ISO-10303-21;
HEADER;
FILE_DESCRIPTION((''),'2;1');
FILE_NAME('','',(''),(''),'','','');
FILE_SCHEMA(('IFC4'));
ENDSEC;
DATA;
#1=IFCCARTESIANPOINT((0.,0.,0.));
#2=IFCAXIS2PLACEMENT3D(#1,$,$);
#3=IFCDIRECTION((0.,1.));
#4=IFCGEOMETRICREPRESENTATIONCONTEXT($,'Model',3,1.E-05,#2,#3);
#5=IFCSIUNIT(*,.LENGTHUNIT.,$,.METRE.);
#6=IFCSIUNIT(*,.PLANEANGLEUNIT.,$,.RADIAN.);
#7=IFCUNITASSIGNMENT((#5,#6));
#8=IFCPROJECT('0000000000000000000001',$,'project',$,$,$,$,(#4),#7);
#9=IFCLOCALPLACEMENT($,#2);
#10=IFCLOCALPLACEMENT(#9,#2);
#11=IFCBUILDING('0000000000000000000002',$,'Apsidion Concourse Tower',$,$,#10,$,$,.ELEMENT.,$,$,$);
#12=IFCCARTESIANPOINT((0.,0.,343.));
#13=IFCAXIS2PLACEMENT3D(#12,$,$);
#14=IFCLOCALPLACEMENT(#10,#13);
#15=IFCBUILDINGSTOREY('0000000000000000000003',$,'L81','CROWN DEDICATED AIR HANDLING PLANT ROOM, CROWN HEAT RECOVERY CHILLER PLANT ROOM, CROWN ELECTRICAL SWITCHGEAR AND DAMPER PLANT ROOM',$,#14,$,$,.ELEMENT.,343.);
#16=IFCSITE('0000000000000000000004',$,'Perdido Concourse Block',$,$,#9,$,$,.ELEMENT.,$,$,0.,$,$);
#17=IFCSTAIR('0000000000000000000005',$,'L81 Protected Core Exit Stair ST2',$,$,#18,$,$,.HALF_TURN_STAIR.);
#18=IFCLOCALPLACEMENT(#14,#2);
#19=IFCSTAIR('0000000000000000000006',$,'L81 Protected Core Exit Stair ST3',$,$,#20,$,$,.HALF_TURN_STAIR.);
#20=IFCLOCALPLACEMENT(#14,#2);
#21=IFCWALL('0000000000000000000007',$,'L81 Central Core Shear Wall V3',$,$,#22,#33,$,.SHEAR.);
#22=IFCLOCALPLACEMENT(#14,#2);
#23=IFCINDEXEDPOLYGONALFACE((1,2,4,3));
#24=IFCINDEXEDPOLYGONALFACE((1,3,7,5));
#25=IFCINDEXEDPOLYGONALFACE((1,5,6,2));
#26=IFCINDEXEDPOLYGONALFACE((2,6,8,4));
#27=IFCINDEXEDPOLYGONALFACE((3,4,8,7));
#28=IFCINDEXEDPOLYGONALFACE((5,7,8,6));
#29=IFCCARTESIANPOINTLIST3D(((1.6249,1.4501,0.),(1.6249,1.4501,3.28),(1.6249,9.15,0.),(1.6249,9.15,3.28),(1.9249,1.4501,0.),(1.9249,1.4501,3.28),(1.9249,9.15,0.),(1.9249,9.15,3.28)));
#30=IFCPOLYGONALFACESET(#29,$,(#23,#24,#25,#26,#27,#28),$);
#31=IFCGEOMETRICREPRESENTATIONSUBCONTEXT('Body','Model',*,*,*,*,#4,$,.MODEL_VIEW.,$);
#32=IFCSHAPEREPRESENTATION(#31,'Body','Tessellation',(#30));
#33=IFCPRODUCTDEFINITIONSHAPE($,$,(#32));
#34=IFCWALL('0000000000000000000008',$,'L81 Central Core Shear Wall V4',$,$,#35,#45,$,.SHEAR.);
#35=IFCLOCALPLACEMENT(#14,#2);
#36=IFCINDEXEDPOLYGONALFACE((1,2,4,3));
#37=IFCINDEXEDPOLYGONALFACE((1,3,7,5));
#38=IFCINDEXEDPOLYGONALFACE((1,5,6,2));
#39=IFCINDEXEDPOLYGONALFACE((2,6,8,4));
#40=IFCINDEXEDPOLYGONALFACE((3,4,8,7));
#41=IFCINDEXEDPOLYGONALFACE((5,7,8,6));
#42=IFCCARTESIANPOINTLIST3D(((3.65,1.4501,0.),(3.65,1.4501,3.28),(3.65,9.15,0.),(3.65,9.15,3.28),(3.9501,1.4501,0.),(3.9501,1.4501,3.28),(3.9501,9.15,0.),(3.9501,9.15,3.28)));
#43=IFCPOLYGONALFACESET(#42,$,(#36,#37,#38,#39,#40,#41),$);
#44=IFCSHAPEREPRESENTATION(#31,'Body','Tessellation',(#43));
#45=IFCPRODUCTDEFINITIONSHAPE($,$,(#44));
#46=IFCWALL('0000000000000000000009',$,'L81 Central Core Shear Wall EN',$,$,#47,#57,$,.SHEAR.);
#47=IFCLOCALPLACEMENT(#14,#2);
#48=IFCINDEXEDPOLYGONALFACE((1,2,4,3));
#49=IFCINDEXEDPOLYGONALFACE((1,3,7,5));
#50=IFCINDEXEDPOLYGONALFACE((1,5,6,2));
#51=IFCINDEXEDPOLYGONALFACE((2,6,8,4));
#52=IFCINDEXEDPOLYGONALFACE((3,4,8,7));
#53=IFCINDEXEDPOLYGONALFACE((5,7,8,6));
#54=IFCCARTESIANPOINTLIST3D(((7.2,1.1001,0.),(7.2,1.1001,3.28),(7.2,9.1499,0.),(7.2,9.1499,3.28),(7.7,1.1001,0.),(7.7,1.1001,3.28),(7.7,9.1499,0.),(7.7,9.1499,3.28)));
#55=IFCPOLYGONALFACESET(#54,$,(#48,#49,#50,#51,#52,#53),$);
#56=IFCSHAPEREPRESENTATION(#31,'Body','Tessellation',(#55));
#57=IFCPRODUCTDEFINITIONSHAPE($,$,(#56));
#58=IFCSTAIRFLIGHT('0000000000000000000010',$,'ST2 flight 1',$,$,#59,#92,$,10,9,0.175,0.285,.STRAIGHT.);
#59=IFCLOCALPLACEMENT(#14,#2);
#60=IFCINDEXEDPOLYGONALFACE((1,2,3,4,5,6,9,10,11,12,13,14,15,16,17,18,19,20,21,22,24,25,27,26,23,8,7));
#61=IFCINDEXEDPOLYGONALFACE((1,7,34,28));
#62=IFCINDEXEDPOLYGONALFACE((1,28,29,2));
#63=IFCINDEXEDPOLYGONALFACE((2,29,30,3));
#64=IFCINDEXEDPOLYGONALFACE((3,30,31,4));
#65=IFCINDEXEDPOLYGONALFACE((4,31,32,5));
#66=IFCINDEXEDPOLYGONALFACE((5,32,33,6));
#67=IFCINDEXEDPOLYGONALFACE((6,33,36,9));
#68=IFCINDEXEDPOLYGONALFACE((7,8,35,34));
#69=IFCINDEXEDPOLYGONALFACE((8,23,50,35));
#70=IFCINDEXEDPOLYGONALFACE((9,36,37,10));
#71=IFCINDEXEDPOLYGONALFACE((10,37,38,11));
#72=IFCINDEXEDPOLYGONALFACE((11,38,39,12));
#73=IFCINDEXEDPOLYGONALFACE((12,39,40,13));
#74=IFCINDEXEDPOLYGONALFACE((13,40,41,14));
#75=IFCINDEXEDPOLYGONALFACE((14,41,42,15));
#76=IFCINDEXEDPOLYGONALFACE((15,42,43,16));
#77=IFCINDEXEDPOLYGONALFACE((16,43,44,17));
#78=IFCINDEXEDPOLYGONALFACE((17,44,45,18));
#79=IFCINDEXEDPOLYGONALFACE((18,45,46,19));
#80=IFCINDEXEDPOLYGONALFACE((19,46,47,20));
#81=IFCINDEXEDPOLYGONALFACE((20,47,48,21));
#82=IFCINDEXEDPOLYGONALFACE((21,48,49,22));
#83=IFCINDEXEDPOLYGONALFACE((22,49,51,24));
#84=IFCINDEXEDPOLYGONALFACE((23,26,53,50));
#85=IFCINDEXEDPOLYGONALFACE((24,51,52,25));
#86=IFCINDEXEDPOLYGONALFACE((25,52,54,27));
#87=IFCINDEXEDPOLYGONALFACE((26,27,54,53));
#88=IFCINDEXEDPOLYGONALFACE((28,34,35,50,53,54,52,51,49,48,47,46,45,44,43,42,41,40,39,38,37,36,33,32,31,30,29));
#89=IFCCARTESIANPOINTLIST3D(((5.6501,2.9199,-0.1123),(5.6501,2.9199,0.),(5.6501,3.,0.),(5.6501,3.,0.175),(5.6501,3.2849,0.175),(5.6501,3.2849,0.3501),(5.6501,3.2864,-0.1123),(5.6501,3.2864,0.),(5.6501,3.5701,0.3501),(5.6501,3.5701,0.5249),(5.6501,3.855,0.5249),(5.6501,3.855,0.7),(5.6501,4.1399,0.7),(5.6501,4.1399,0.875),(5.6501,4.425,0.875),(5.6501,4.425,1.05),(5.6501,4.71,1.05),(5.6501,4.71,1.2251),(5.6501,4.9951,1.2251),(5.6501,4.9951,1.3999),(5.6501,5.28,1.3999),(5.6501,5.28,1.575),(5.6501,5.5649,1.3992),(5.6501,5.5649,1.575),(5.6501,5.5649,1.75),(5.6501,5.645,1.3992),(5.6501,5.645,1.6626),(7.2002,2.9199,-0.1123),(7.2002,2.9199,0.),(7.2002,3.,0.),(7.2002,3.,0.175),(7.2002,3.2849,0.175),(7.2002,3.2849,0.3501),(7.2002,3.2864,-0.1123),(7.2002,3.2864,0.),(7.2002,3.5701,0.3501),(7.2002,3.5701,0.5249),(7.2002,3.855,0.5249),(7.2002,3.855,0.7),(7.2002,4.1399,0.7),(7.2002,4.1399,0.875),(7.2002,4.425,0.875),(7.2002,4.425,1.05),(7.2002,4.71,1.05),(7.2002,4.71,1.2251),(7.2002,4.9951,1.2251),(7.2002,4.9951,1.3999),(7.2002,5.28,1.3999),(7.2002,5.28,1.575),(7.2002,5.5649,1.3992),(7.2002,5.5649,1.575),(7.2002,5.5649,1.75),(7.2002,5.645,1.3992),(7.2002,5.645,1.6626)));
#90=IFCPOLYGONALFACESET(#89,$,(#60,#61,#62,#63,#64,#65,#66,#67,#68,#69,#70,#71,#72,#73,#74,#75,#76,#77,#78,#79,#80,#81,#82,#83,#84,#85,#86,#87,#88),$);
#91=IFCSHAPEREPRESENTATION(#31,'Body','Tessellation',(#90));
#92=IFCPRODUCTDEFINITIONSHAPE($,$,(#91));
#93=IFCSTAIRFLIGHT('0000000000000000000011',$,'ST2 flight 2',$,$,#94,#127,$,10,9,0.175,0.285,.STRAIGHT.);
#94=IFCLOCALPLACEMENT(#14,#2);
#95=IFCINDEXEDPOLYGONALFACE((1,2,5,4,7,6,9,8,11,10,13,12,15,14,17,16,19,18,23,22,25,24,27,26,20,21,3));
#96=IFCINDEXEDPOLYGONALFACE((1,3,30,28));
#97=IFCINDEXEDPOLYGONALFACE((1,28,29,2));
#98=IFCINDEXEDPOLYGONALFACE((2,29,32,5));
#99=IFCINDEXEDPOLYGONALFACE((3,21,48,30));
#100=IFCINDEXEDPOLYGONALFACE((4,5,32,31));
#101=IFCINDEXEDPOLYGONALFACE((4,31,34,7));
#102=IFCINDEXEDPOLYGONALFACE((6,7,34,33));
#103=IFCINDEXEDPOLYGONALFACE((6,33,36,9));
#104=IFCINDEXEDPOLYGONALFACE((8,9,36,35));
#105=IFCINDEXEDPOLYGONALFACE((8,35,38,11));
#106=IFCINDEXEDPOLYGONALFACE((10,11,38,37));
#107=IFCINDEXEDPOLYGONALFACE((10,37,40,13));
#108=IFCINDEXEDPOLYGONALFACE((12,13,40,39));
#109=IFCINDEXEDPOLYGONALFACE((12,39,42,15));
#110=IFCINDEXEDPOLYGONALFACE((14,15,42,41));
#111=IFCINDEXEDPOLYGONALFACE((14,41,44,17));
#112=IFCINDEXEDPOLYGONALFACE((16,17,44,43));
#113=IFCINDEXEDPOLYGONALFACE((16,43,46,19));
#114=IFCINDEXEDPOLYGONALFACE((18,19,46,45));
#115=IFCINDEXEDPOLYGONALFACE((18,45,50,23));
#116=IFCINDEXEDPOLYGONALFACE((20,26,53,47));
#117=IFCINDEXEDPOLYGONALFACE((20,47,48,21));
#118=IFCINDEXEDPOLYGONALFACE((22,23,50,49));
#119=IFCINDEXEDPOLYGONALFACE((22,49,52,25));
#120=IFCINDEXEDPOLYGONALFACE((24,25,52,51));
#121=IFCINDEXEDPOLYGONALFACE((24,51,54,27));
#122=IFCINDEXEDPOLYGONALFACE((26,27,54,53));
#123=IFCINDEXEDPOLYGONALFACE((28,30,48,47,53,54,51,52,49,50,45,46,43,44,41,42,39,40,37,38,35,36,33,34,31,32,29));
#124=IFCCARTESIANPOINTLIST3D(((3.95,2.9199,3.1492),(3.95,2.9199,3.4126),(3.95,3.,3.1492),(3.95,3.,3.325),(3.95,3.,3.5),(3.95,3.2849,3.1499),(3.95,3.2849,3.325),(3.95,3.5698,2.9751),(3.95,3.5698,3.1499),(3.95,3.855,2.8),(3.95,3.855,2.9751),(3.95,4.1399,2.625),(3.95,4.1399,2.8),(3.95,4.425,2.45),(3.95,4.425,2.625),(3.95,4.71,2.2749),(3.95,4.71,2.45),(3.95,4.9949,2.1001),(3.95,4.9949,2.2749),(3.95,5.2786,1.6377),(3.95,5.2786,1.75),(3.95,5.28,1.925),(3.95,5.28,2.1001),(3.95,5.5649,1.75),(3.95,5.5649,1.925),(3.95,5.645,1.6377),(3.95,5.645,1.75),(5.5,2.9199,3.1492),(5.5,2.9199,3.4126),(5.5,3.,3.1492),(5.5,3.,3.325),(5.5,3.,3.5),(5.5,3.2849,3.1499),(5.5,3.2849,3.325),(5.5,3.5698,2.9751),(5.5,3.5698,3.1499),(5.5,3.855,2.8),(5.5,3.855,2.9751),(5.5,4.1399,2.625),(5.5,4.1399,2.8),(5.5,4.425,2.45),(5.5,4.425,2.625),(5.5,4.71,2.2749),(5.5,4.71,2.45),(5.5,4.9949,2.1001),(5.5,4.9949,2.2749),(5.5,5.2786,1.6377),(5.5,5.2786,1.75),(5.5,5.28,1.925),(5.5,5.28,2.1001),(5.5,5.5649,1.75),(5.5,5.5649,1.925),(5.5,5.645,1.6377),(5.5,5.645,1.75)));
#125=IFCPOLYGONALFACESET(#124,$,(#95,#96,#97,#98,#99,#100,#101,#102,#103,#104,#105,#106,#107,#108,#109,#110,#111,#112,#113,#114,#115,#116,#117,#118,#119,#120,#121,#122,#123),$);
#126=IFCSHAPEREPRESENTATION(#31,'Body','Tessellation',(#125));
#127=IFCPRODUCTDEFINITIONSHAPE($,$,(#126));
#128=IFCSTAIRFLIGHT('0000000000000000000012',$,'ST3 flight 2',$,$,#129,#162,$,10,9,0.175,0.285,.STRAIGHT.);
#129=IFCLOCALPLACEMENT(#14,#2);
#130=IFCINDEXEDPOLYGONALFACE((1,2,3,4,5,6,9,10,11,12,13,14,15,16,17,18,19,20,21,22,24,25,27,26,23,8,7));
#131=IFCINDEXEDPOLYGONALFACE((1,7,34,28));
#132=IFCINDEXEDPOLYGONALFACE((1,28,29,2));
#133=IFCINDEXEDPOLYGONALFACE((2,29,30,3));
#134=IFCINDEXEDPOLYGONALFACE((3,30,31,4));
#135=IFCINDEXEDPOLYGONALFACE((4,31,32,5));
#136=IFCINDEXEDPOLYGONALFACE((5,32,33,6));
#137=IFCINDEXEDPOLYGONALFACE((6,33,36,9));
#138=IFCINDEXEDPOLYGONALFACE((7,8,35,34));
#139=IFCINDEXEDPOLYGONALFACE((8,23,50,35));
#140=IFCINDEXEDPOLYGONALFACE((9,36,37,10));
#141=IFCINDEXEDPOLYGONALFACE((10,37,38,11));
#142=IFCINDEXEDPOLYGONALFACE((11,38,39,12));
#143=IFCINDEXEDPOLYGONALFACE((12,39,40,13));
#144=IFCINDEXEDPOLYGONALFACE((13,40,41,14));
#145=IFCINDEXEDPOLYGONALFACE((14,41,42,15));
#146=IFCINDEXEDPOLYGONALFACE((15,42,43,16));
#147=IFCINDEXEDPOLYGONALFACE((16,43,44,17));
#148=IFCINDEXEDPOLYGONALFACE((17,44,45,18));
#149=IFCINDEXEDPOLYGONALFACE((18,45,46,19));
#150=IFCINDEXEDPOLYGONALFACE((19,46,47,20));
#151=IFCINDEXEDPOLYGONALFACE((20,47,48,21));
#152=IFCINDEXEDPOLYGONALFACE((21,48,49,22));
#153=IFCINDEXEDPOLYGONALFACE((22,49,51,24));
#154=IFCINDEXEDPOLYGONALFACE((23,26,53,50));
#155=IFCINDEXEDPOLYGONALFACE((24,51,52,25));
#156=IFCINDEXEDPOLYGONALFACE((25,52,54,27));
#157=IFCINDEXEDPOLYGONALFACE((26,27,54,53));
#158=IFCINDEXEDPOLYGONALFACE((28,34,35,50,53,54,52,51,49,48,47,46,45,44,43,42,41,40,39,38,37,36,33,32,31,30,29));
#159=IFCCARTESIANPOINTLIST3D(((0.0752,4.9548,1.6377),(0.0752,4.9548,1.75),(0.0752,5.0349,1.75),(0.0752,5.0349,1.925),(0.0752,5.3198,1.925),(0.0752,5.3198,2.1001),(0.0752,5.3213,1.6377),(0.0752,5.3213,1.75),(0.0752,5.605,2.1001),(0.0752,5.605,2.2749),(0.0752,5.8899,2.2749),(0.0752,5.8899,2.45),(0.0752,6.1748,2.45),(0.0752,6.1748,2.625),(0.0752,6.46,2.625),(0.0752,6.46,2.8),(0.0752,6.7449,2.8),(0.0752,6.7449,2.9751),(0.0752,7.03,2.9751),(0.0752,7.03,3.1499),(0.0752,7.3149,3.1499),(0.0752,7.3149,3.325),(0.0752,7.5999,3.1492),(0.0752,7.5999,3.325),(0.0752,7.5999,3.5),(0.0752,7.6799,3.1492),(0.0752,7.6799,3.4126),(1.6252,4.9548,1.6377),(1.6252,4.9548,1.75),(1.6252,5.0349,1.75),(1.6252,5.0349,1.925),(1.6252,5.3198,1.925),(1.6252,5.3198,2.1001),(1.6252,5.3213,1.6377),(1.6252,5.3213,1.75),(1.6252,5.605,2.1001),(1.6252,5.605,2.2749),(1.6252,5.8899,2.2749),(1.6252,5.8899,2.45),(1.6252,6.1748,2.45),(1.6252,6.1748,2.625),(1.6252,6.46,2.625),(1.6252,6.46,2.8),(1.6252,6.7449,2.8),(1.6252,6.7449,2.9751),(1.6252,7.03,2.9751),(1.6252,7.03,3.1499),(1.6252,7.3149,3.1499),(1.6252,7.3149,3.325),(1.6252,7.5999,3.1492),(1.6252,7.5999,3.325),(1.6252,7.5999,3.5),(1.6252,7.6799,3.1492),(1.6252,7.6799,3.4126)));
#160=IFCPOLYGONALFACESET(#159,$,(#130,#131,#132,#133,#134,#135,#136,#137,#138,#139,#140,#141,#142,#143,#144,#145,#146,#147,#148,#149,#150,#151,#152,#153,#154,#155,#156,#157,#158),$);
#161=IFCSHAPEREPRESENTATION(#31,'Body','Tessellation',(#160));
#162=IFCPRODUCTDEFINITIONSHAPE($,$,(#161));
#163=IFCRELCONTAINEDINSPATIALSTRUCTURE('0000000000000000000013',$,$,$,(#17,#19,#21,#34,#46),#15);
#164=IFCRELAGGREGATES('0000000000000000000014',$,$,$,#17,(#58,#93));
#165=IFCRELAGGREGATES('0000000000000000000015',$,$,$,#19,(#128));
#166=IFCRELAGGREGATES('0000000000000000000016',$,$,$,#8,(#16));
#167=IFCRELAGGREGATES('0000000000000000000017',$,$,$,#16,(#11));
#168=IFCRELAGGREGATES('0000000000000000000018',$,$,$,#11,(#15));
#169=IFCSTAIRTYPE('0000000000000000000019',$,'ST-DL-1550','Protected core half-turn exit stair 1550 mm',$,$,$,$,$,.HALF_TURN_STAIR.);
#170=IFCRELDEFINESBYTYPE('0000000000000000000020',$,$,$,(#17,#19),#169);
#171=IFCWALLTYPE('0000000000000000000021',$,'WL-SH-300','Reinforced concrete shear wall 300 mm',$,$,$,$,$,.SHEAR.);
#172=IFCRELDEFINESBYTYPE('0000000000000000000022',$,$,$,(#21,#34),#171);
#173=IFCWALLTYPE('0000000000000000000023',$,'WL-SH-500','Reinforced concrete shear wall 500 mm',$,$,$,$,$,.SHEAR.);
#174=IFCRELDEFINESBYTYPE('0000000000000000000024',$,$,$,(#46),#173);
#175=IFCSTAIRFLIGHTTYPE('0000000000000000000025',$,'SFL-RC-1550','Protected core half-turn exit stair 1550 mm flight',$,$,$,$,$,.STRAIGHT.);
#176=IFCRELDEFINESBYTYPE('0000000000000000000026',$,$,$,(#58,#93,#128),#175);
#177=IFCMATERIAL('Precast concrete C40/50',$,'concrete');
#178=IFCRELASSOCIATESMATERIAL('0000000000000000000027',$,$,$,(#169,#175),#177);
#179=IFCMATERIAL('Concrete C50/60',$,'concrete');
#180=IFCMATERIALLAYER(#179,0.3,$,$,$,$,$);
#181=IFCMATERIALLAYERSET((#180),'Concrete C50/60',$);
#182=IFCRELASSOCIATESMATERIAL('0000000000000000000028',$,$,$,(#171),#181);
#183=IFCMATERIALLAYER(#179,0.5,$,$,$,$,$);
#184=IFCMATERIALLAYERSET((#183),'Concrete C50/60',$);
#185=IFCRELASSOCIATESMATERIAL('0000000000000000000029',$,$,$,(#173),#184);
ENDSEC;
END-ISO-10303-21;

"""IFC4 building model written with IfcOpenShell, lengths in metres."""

from ifc_helpers import new_model, si_unit, direction, frame, frame_2d, origin, place, context, subcontext, project, spatial, polyline, rectangle, outline, extrude, material, layer, layer_set, type_object, element, aggregate, save


model = new_model("IFC4")

# Units and contexts
model_context = context("Model", 3, precision=1e-05, world=origin(), true_north=direction((0.0, 1.0)))
body_context = subcontext(model_context, "Body", "Model", "MODEL_VIEW")
ifc_project = project(units=[si_unit("LENGTHUNIT", "METRE"), si_unit("PLANEANGLEUNIT", "RADIAN")], contexts=[model_context])

# Site, building, storey
site_placement = place(None, origin())
site = spatial("IfcSite", under=ifc_project, at=site_placement, Name="Perdido Concourse Block", CompositionType="ELEMENT", RefElevation=0.0)
building_placement = place(site_placement, origin())
building = spatial("IfcBuilding", under=site, at=building_placement, Name="Apsidion Concourse Tower", CompositionType="ELEMENT")
storey_placement = place(building_placement, frame((0.0, 0.0, 343.0)))
storey = spatial("IfcBuildingStorey", under=building, at=storey_placement, Name="L81", Description="CROWN DEDICATED AIR HANDLING PLANT ROOM, CROWN HEAT RECOVERY CHILLER PLANT ROOM, CROWN ELECTRICAL SWITCHGEAR AND DAMPER PLANT ROOM", CompositionType="ELEMENT", Elevation=343.0)

# Shared definitions
ifc_material_1 = material(Name="Concrete C50/60", Category="concrete")

# Stairs
ifc_material_2 = material(Name="Precast concrete C40/50", Category="concrete")
stair_type = type_object("IfcStairType", Name="ST-DL-1550", Description="Protected core half-turn exit stair 1550 mm", PredefinedType="HALF_TURN_STAIR", material=ifc_material_2)
stair_1_placement = place(storey_placement, origin())
stair_1 = element("IfcStair", 1, at=stair_1_placement, inside=storey, type_object=stair_type, Name="L81 Protected Core Exit Stair ST2", PredefinedType="HALF_TURN_STAIR")
stair_2_placement = place(storey_placement, origin())
stair_2 = element("IfcStair", 2, at=stair_2_placement, inside=storey, type_object=stair_type, Name="L81 Protected Core Exit Stair ST3", PredefinedType="HALF_TURN_STAIR")

# Walls
ifc_layer_1 = layer(ifc_material_1, 0.3)
ifc_layer_set_1 = layer_set([ifc_layer_1], Name="Concrete C50/60")
wall_type_1 = type_object("IfcWallType", Name="WL-SH-300", Description="Reinforced concrete shear wall 300 mm", PredefinedType="SHEAR", material=ifc_layer_set_1)
for number, where, z_axis, x_axis, name in (
    (3, (1.7749, 1.45, 0.0), (0.0, 0.0, 1.0), (0.0, 1.0, 0.0), "L81 Central Core Shear Wall V3"),
    (4, (3.8, 1.45, 0.0), (0.0, 0.0, 1.0), (0.0, 1.0, 0.0), "L81 Central Core Shear Wall V4"),
):
    element("IfcWall", number, at=place(storey_placement, frame(where, z_axis=z_axis, x_axis=x_axis)), inside=storey, type_object=wall_type_1, Name=name, PredefinedType="SHEAR", context=body_context, shape_type="SweptSolid", body=[
        extrude(rectangle(XDim=7.7, YDim=0.3, at=frame_2d((3.8501, 0.0))), origin(), (0.0, 0.0, 1.0), 3.28),
    ])
ifc_layer_2 = layer(ifc_material_1, 0.5)
ifc_layer_set_2 = layer_set([ifc_layer_2], Name="Concrete C50/60")
wall_type_2 = type_object("IfcWallType", Name="WL-SH-500", Description="Reinforced concrete shear wall 500 mm", PredefinedType="SHEAR", material=ifc_layer_set_2)
wall_1_placement = place(storey_placement, frame((7.45, 1.1001, 0.0), z_axis=(0.0, 0.0, 1.0), x_axis=(0.0, 1.0, 0.0)))
element("IfcWall", 5, at=wall_1_placement, inside=storey, type_object=wall_type_2, Name="L81 Central Core Shear Wall EN", PredefinedType="SHEAR", context=body_context, shape_type="SweptSolid", body=[
    extrude(rectangle(XDim=8.0498, YDim=0.5, at=frame_2d((4.0249, 0.0))), origin(), (0.0, 0.0, 1.0), 3.28),
])

# Stair flights
stair_flight_type = type_object("IfcStairFlightType", Name="SFL-RC-1550", Description="Protected core half-turn exit stair 1550 mm flight", PredefinedType="STRAIGHT", material=ifc_material_2)
stair_flight_1_placement = place(storey_placement, frame((6.425, 3.0, 0.0), z_axis=(0.0, 0.0, 1.0), x_axis=(0.0, 1.0, 0.0)))
stair_flight_1 = element("IfcStairFlight", 6, at=stair_flight_1_placement, type_object=stair_flight_type, Name="ST2 flight 1", NumberOfRisers=10, NumberOfTreads=9, PredefinedType="STRAIGHT", RiserHeight=0.175, TreadLength=0.285, context=body_context, shape_type="SweptSolid", body=[
    extrude(outline(polyline([(-0.0801, -0.1123), (-0.0801, 0.0), (0.0, 0.0), (0.0, 0.175), (0.2849, 0.175), (0.2849, 0.3501), (0.5701, 0.3501), (0.5701, 0.5249), (0.855, 0.5249), (0.855, 0.7), (1.1399, 0.7), (1.1399, 0.875), (1.425, 0.875), (1.425, 1.05), (1.71, 1.05), (1.71, 1.2251), (1.9951, 1.2251), (1.9951, 1.3999), (2.28, 1.3999), (2.28, 1.575), (2.5649, 1.575), (2.5649, 1.75), (2.645, 1.6626), (2.645, 1.3992), (2.5649, 1.3992), (0.2864, 0.0), (0.2864, -0.1123), (-0.0801, -0.1123)])), frame((0.0, 0.7749, 0.0), z_axis=(0.0, -1.0, 0.0), x_axis=(1.0, 0.0, 0.0)), (0.0, 0.0, 1.0), 1.55),
])
stair_flight_2_placement = place(storey_placement, frame((4.7251, 5.5649, 1.75), z_axis=(0.0, 0.0, 1.0), x_axis=(0.0, -1.0, 0.0)))
stair_flight_2 = element("IfcStairFlight", 7, at=stair_flight_2_placement, type_object=stair_flight_type, Name="ST2 flight 2", NumberOfRisers=10, NumberOfTreads=9, PredefinedType="STRAIGHT", RiserHeight=0.175, TreadLength=0.285, context=body_context, shape_type="SweptSolid", body=[
    extrude(outline(polyline([(-0.0801, -0.1123), (-0.0801, 0.0), (0.0, 0.0), (0.0, 0.175), (0.2849, 0.175), (0.2849, 0.3501), (0.5701, 0.3501), (0.5701, 0.5249), (0.855, 0.5249), (0.855, 0.7), (1.1399, 0.7), (1.1399, 0.875), (1.425, 0.875), (1.425, 1.05), (1.71, 1.05), (1.71, 1.2251), (1.9951, 1.2251), (1.9951, 1.3999), (2.28, 1.3999), (2.28, 1.575), (2.5649, 1.575), (2.5649, 1.75), (2.645, 1.6626), (2.645, 1.3992), (2.5649, 1.3992), (0.2864, 0.0), (0.2864, -0.1123), (-0.0801, -0.1123)])), frame((0.0, 0.7749, 0.0), z_axis=(0.0, -1.0, 0.0), x_axis=(1.0, 0.0, 0.0)), (0.0, 0.0, 1.0), 1.55),
])
aggregate(stair_1, [stair_flight_1, stair_flight_2])
stair_flight_3_placement = place(storey_placement, frame((0.8501, 5.0349, 1.75), z_axis=(0.0, 0.0, 1.0), x_axis=(0.0, 1.0, 0.0)))
stair_flight_3 = element("IfcStairFlight", 8, at=stair_flight_3_placement, type_object=stair_flight_type, Name="ST3 flight 2", NumberOfRisers=10, NumberOfTreads=9, PredefinedType="STRAIGHT", RiserHeight=0.175, TreadLength=0.285, context=body_context, shape_type="SweptSolid", body=[
    extrude(outline(polyline([(-0.0801, -0.1123), (-0.0801, 0.0), (0.0, 0.0), (0.0, 0.175), (0.2849, 0.175), (0.2849, 0.3501), (0.5701, 0.3501), (0.5701, 0.5249), (0.855, 0.5249), (0.855, 0.7), (1.1399, 0.7), (1.1399, 0.875), (1.425, 0.875), (1.425, 1.05), (1.71, 1.05), (1.71, 1.2251), (1.9951, 1.2251), (1.9951, 1.3999), (2.28, 1.3999), (2.28, 1.575), (2.5649, 1.575), (2.5649, 1.75), (2.645, 1.6626), (2.645, 1.3992), (2.5649, 1.3992), (0.2864, 0.0), (0.2864, -0.1123), (-0.0801, -0.1123)])), frame((0.0, 0.7749, 0.0), z_axis=(0.0, -1.0, 0.0), x_axis=(1.0, 0.0, 0.0)), (0.0, 0.0, 1.0), 1.55),
])
aggregate(stair_2, [stair_flight_3])

save(model, "model.ifc")
